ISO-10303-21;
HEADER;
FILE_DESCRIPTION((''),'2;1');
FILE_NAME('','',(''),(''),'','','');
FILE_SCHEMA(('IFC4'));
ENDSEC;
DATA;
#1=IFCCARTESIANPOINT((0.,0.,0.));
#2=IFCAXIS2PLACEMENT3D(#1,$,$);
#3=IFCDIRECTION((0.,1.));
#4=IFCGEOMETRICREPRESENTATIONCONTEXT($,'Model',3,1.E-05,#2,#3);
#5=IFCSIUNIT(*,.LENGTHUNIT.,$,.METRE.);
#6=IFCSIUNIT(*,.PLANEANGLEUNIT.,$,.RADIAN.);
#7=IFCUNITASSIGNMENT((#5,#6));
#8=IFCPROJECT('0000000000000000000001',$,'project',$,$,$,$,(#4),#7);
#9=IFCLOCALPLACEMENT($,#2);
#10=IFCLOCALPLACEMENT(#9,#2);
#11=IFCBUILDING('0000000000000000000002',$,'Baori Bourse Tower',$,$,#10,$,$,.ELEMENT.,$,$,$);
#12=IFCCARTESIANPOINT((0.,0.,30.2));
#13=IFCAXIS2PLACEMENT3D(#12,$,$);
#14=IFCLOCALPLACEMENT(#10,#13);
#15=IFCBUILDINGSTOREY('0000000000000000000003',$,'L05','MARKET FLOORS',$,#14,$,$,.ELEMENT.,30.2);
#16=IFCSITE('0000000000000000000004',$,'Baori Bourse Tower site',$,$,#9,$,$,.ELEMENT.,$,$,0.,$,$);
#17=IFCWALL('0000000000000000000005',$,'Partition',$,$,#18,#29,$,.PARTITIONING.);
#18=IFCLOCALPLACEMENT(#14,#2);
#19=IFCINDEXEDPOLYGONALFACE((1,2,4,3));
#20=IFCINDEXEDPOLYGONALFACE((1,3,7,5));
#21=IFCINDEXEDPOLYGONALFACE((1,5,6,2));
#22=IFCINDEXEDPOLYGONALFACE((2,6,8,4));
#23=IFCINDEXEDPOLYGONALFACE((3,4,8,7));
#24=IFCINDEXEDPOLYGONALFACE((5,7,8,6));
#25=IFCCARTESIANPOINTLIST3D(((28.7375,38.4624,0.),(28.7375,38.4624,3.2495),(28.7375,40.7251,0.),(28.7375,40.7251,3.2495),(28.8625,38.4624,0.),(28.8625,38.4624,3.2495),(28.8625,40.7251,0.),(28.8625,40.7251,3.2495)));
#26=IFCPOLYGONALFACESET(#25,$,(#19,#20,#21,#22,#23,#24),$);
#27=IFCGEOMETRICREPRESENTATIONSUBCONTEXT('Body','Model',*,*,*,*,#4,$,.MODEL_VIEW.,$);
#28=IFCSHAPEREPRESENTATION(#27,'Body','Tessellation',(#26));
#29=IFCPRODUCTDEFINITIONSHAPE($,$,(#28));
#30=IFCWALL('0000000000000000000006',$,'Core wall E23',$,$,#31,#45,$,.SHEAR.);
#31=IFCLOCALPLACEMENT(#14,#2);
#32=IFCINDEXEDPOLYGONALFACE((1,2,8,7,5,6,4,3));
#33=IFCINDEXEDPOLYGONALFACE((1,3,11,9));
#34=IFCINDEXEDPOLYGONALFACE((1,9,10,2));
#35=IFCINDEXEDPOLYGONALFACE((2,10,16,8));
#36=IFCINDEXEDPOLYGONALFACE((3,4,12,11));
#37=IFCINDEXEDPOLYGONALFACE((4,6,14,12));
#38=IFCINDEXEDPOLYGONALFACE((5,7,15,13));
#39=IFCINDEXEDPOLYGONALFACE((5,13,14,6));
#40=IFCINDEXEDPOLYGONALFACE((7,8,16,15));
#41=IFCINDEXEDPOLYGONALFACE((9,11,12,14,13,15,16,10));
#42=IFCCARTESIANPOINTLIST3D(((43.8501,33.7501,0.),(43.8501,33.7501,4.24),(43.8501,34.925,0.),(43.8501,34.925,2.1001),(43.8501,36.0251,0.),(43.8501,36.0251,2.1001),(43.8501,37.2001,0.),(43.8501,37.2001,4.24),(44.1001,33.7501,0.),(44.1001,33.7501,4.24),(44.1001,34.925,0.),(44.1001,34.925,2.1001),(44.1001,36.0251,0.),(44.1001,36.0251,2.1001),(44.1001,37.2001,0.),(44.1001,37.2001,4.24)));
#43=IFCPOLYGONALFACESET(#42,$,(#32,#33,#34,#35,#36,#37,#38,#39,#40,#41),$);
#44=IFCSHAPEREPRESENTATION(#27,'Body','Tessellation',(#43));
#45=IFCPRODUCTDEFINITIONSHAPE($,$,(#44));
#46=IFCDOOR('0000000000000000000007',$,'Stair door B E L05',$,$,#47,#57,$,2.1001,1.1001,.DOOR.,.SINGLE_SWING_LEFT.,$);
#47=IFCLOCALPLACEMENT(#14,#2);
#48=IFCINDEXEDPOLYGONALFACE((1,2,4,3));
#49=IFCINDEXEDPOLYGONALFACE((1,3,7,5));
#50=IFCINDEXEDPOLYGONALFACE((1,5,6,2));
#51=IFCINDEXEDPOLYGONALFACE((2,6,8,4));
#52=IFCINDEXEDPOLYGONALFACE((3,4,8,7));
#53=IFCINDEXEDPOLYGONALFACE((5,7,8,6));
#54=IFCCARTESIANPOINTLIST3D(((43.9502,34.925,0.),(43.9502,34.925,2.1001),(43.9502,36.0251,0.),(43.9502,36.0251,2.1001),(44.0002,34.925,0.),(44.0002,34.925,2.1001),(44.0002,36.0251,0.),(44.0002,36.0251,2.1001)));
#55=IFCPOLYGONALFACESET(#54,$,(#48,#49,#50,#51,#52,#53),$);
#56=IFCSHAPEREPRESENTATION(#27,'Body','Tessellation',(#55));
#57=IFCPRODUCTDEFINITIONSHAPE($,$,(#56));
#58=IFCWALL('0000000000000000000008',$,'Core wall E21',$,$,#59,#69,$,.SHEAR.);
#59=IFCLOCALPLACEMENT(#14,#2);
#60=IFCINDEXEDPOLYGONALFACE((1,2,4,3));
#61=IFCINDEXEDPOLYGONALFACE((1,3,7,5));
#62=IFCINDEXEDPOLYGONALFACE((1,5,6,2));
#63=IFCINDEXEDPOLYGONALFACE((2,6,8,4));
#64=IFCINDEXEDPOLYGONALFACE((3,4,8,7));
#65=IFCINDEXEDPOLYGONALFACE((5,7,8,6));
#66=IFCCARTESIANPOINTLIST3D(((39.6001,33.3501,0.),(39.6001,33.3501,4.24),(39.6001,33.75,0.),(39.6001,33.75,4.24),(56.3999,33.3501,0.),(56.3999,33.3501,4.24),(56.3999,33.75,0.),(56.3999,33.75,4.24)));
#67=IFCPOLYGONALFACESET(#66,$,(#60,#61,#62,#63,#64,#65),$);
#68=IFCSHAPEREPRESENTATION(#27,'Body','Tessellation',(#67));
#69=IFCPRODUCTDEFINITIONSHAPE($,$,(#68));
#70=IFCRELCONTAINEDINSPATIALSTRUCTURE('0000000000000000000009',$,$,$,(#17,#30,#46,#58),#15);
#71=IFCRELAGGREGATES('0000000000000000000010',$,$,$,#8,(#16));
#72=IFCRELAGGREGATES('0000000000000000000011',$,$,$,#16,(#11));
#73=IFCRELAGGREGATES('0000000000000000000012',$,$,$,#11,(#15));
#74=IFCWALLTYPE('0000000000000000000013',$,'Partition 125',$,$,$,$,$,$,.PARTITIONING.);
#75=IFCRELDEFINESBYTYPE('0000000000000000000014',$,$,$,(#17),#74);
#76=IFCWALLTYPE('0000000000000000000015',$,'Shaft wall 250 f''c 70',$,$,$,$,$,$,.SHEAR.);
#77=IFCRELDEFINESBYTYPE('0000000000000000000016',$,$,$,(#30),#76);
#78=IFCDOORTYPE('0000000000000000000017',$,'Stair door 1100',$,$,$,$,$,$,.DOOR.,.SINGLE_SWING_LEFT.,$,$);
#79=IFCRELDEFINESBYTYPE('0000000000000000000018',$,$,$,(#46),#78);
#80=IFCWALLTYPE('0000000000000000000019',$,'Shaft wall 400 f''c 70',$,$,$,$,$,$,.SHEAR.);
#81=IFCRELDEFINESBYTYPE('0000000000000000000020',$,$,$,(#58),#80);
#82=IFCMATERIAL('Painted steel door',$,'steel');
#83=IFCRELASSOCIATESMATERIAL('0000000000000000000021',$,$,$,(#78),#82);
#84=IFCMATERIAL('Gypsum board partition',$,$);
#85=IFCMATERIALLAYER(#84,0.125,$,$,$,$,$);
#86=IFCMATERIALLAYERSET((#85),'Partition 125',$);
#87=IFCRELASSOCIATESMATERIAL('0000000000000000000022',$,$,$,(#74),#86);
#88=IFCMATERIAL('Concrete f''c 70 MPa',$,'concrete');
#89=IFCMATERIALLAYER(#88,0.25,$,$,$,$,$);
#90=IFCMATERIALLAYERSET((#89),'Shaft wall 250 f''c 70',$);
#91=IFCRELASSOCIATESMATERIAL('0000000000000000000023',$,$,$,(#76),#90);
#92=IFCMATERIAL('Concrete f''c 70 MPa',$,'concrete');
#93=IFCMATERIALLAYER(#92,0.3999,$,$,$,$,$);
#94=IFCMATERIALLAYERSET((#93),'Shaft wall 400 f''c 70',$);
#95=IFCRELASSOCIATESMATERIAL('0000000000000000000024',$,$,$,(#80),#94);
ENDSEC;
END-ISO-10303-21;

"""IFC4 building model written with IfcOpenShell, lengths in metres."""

from ifc_helpers import new_model, si_unit, direction, frame, frame_2d, origin, place, context, subcontext, project, spatial, rectangle, extrude, material, layer, layer_set, type_object, element, fill, save


model = new_model("IFC4")

# Units and contexts
model_context = context("Model", 3, precision=1e-05, world=origin(), true_north=direction((0.0, 1.0)))
body_context = subcontext(model_context, "Body", "Model", "MODEL_VIEW")
ifc_project = project(units=[si_unit("LENGTHUNIT", "METRE"), si_unit("PLANEANGLEUNIT", "RADIAN")], contexts=[model_context])

# Site, building, storey
site_placement = place(None, origin())
site = spatial("IfcSite", under=ifc_project, at=site_placement, Name="Baori Bourse Tower site", CompositionType="ELEMENT", RefElevation=0.0)
building_placement = place(site_placement, origin())
building = spatial("IfcBuilding", under=site, at=building_placement, Name="Baori Bourse Tower", CompositionType="ELEMENT")
storey_placement = place(building_placement, frame((0.0, 0.0, 30.2)))
storey = spatial("IfcBuildingStorey", under=building, at=storey_placement, Name="L05", Description="MARKET FLOORS", CompositionType="ELEMENT", Elevation=30.2)

# Shared definitions
ifc_material_1 = material(Name="Painted steel door", Category="steel")
door_type_1 = type_object("IfcDoorType", Name="Stair door 1100", OperationType="SINGLE_SWING_LEFT", PredefinedType="DOOR", material=ifc_material_1)

# Wall
ifc_material_2 = material(Name="Gypsum board partition")
ifc_layer_1 = layer(ifc_material_2, 0.125)
ifc_layer_set_1 = layer_set([ifc_layer_1], Name="Partition 125")
wall_type_1 = type_object("IfcWallType", Name="Partition 125", PredefinedType="PARTITIONING", material=ifc_layer_set_1)
wall_1_placement = place(storey_placement, frame((28.8, 38.4624, 0.0), z_axis=(0.0, 0.0, 1.0), x_axis=(0.0, 1.0, 0.0)))
element("IfcWall", 1, at=wall_1_placement, inside=storey, type_object=wall_type_1, Name="Partition", PredefinedType="PARTITIONING", context=body_context, shape_type="SweptSolid", body=[
    extrude(rectangle(XDim=2.2627, YDim=0.125, at=frame_2d((1.1313, 0.0))), origin(), (0.0, 0.0, 1.0), 3.2495),
])

# Wall, opening, door
ifc_material_3 = material(Name="Concrete f'c 70 MPa", Category="concrete")
ifc_layer_2 = layer(ifc_material_3, 0.25)
ifc_layer_set_2 = layer_set([ifc_layer_2], Name="Shaft wall 250 f'c 70")
wall_type_2 = type_object("IfcWallType", Name="Shaft wall 250 f'c 70", PredefinedType="SHEAR", material=ifc_layer_set_2)
wall_2_placement = place(storey_placement, frame((43.9751, 33.75, 0.0), z_axis=(0.0, 0.0, 1.0), x_axis=(0.0, 1.0, 0.0)))
wall_2 = element("IfcWall", 2, at=wall_2_placement, inside=storey, type_object=wall_type_2, Name="Core wall E23", PredefinedType="SHEAR", context=body_context, shape_type="SweptSolid", body=[
    extrude(rectangle(XDim=3.45, YDim=0.25, at=frame_2d((1.7251, 0.0))), origin(), (0.0, 0.0, 1.0), 4.24),
])
opening_1_placement = place(wall_2_placement, frame((1.175, 0.0, 0.0)))
opening_1 = element("IfcOpeningElement", 3, at=opening_1_placement, cuts=wall_2, PredefinedType="OPENING", context=body_context, shape_type="SweptSolid", body=[
    extrude(rectangle(XDim=1.1001, YDim=2.1001, at=frame_2d((0.55, 1.05))), frame((0.0, 0.135, 0.0), z_axis=(0.0, -1.0, 0.0), x_axis=(1.0, 0.0, 0.0)), (0.0, 0.0, 1.0), 0.27),
])
door_1_placement = place(opening_1_placement, origin())
door_1 = element("IfcDoor", 4, at=door_1_placement, inside=storey, type_object=door_type_1, Name="Stair door B E L05", OperationType="SINGLE_SWING_LEFT", OverallHeight=2.1001, OverallWidth=1.1001, PredefinedType="DOOR", context=body_context, shape_type="SweptSolid", body=[
    extrude(rectangle(XDim=1.1001, YDim=2.1001, at=frame_2d((0.55, 1.05))), frame((0.0, 0.0249, 0.0), z_axis=(0.0, -1.0, 0.0), x_axis=(1.0, 0.0, 0.0)), (0.0, 0.0, 1.0), 0.05),
])
fill(opening_1, door_1)

# Wall
ifc_material_4 = material(Name="Concrete f'c 70 MPa", Category="concrete")
ifc_layer_3 = layer(ifc_material_4, 0.3999)
ifc_layer_set_3 = layer_set([ifc_layer_3], Name="Shaft wall 400 f'c 70")
wall_type_3 = type_object("IfcWallType", Name="Shaft wall 400 f'c 70", PredefinedType="SHEAR", material=ifc_layer_set_3)
wall_3_placement = place(storey_placement, frame((39.6001, 33.55, 0.0), z_axis=(0.0, 0.0, 1.0), x_axis=(1.0, 0.0, 0.0)))
element("IfcWall", 5, at=wall_3_placement, inside=storey, type_object=wall_type_3, Name="Core wall E21", PredefinedType="SHEAR", context=body_context, shape_type="SweptSolid", body=[
    extrude(rectangle(XDim=16.7998, YDim=0.3999, at=frame_2d((8.3999, 0.0))), origin(), (0.0, 0.0, 1.0), 4.24),
])

save(model, "model.ifc")
